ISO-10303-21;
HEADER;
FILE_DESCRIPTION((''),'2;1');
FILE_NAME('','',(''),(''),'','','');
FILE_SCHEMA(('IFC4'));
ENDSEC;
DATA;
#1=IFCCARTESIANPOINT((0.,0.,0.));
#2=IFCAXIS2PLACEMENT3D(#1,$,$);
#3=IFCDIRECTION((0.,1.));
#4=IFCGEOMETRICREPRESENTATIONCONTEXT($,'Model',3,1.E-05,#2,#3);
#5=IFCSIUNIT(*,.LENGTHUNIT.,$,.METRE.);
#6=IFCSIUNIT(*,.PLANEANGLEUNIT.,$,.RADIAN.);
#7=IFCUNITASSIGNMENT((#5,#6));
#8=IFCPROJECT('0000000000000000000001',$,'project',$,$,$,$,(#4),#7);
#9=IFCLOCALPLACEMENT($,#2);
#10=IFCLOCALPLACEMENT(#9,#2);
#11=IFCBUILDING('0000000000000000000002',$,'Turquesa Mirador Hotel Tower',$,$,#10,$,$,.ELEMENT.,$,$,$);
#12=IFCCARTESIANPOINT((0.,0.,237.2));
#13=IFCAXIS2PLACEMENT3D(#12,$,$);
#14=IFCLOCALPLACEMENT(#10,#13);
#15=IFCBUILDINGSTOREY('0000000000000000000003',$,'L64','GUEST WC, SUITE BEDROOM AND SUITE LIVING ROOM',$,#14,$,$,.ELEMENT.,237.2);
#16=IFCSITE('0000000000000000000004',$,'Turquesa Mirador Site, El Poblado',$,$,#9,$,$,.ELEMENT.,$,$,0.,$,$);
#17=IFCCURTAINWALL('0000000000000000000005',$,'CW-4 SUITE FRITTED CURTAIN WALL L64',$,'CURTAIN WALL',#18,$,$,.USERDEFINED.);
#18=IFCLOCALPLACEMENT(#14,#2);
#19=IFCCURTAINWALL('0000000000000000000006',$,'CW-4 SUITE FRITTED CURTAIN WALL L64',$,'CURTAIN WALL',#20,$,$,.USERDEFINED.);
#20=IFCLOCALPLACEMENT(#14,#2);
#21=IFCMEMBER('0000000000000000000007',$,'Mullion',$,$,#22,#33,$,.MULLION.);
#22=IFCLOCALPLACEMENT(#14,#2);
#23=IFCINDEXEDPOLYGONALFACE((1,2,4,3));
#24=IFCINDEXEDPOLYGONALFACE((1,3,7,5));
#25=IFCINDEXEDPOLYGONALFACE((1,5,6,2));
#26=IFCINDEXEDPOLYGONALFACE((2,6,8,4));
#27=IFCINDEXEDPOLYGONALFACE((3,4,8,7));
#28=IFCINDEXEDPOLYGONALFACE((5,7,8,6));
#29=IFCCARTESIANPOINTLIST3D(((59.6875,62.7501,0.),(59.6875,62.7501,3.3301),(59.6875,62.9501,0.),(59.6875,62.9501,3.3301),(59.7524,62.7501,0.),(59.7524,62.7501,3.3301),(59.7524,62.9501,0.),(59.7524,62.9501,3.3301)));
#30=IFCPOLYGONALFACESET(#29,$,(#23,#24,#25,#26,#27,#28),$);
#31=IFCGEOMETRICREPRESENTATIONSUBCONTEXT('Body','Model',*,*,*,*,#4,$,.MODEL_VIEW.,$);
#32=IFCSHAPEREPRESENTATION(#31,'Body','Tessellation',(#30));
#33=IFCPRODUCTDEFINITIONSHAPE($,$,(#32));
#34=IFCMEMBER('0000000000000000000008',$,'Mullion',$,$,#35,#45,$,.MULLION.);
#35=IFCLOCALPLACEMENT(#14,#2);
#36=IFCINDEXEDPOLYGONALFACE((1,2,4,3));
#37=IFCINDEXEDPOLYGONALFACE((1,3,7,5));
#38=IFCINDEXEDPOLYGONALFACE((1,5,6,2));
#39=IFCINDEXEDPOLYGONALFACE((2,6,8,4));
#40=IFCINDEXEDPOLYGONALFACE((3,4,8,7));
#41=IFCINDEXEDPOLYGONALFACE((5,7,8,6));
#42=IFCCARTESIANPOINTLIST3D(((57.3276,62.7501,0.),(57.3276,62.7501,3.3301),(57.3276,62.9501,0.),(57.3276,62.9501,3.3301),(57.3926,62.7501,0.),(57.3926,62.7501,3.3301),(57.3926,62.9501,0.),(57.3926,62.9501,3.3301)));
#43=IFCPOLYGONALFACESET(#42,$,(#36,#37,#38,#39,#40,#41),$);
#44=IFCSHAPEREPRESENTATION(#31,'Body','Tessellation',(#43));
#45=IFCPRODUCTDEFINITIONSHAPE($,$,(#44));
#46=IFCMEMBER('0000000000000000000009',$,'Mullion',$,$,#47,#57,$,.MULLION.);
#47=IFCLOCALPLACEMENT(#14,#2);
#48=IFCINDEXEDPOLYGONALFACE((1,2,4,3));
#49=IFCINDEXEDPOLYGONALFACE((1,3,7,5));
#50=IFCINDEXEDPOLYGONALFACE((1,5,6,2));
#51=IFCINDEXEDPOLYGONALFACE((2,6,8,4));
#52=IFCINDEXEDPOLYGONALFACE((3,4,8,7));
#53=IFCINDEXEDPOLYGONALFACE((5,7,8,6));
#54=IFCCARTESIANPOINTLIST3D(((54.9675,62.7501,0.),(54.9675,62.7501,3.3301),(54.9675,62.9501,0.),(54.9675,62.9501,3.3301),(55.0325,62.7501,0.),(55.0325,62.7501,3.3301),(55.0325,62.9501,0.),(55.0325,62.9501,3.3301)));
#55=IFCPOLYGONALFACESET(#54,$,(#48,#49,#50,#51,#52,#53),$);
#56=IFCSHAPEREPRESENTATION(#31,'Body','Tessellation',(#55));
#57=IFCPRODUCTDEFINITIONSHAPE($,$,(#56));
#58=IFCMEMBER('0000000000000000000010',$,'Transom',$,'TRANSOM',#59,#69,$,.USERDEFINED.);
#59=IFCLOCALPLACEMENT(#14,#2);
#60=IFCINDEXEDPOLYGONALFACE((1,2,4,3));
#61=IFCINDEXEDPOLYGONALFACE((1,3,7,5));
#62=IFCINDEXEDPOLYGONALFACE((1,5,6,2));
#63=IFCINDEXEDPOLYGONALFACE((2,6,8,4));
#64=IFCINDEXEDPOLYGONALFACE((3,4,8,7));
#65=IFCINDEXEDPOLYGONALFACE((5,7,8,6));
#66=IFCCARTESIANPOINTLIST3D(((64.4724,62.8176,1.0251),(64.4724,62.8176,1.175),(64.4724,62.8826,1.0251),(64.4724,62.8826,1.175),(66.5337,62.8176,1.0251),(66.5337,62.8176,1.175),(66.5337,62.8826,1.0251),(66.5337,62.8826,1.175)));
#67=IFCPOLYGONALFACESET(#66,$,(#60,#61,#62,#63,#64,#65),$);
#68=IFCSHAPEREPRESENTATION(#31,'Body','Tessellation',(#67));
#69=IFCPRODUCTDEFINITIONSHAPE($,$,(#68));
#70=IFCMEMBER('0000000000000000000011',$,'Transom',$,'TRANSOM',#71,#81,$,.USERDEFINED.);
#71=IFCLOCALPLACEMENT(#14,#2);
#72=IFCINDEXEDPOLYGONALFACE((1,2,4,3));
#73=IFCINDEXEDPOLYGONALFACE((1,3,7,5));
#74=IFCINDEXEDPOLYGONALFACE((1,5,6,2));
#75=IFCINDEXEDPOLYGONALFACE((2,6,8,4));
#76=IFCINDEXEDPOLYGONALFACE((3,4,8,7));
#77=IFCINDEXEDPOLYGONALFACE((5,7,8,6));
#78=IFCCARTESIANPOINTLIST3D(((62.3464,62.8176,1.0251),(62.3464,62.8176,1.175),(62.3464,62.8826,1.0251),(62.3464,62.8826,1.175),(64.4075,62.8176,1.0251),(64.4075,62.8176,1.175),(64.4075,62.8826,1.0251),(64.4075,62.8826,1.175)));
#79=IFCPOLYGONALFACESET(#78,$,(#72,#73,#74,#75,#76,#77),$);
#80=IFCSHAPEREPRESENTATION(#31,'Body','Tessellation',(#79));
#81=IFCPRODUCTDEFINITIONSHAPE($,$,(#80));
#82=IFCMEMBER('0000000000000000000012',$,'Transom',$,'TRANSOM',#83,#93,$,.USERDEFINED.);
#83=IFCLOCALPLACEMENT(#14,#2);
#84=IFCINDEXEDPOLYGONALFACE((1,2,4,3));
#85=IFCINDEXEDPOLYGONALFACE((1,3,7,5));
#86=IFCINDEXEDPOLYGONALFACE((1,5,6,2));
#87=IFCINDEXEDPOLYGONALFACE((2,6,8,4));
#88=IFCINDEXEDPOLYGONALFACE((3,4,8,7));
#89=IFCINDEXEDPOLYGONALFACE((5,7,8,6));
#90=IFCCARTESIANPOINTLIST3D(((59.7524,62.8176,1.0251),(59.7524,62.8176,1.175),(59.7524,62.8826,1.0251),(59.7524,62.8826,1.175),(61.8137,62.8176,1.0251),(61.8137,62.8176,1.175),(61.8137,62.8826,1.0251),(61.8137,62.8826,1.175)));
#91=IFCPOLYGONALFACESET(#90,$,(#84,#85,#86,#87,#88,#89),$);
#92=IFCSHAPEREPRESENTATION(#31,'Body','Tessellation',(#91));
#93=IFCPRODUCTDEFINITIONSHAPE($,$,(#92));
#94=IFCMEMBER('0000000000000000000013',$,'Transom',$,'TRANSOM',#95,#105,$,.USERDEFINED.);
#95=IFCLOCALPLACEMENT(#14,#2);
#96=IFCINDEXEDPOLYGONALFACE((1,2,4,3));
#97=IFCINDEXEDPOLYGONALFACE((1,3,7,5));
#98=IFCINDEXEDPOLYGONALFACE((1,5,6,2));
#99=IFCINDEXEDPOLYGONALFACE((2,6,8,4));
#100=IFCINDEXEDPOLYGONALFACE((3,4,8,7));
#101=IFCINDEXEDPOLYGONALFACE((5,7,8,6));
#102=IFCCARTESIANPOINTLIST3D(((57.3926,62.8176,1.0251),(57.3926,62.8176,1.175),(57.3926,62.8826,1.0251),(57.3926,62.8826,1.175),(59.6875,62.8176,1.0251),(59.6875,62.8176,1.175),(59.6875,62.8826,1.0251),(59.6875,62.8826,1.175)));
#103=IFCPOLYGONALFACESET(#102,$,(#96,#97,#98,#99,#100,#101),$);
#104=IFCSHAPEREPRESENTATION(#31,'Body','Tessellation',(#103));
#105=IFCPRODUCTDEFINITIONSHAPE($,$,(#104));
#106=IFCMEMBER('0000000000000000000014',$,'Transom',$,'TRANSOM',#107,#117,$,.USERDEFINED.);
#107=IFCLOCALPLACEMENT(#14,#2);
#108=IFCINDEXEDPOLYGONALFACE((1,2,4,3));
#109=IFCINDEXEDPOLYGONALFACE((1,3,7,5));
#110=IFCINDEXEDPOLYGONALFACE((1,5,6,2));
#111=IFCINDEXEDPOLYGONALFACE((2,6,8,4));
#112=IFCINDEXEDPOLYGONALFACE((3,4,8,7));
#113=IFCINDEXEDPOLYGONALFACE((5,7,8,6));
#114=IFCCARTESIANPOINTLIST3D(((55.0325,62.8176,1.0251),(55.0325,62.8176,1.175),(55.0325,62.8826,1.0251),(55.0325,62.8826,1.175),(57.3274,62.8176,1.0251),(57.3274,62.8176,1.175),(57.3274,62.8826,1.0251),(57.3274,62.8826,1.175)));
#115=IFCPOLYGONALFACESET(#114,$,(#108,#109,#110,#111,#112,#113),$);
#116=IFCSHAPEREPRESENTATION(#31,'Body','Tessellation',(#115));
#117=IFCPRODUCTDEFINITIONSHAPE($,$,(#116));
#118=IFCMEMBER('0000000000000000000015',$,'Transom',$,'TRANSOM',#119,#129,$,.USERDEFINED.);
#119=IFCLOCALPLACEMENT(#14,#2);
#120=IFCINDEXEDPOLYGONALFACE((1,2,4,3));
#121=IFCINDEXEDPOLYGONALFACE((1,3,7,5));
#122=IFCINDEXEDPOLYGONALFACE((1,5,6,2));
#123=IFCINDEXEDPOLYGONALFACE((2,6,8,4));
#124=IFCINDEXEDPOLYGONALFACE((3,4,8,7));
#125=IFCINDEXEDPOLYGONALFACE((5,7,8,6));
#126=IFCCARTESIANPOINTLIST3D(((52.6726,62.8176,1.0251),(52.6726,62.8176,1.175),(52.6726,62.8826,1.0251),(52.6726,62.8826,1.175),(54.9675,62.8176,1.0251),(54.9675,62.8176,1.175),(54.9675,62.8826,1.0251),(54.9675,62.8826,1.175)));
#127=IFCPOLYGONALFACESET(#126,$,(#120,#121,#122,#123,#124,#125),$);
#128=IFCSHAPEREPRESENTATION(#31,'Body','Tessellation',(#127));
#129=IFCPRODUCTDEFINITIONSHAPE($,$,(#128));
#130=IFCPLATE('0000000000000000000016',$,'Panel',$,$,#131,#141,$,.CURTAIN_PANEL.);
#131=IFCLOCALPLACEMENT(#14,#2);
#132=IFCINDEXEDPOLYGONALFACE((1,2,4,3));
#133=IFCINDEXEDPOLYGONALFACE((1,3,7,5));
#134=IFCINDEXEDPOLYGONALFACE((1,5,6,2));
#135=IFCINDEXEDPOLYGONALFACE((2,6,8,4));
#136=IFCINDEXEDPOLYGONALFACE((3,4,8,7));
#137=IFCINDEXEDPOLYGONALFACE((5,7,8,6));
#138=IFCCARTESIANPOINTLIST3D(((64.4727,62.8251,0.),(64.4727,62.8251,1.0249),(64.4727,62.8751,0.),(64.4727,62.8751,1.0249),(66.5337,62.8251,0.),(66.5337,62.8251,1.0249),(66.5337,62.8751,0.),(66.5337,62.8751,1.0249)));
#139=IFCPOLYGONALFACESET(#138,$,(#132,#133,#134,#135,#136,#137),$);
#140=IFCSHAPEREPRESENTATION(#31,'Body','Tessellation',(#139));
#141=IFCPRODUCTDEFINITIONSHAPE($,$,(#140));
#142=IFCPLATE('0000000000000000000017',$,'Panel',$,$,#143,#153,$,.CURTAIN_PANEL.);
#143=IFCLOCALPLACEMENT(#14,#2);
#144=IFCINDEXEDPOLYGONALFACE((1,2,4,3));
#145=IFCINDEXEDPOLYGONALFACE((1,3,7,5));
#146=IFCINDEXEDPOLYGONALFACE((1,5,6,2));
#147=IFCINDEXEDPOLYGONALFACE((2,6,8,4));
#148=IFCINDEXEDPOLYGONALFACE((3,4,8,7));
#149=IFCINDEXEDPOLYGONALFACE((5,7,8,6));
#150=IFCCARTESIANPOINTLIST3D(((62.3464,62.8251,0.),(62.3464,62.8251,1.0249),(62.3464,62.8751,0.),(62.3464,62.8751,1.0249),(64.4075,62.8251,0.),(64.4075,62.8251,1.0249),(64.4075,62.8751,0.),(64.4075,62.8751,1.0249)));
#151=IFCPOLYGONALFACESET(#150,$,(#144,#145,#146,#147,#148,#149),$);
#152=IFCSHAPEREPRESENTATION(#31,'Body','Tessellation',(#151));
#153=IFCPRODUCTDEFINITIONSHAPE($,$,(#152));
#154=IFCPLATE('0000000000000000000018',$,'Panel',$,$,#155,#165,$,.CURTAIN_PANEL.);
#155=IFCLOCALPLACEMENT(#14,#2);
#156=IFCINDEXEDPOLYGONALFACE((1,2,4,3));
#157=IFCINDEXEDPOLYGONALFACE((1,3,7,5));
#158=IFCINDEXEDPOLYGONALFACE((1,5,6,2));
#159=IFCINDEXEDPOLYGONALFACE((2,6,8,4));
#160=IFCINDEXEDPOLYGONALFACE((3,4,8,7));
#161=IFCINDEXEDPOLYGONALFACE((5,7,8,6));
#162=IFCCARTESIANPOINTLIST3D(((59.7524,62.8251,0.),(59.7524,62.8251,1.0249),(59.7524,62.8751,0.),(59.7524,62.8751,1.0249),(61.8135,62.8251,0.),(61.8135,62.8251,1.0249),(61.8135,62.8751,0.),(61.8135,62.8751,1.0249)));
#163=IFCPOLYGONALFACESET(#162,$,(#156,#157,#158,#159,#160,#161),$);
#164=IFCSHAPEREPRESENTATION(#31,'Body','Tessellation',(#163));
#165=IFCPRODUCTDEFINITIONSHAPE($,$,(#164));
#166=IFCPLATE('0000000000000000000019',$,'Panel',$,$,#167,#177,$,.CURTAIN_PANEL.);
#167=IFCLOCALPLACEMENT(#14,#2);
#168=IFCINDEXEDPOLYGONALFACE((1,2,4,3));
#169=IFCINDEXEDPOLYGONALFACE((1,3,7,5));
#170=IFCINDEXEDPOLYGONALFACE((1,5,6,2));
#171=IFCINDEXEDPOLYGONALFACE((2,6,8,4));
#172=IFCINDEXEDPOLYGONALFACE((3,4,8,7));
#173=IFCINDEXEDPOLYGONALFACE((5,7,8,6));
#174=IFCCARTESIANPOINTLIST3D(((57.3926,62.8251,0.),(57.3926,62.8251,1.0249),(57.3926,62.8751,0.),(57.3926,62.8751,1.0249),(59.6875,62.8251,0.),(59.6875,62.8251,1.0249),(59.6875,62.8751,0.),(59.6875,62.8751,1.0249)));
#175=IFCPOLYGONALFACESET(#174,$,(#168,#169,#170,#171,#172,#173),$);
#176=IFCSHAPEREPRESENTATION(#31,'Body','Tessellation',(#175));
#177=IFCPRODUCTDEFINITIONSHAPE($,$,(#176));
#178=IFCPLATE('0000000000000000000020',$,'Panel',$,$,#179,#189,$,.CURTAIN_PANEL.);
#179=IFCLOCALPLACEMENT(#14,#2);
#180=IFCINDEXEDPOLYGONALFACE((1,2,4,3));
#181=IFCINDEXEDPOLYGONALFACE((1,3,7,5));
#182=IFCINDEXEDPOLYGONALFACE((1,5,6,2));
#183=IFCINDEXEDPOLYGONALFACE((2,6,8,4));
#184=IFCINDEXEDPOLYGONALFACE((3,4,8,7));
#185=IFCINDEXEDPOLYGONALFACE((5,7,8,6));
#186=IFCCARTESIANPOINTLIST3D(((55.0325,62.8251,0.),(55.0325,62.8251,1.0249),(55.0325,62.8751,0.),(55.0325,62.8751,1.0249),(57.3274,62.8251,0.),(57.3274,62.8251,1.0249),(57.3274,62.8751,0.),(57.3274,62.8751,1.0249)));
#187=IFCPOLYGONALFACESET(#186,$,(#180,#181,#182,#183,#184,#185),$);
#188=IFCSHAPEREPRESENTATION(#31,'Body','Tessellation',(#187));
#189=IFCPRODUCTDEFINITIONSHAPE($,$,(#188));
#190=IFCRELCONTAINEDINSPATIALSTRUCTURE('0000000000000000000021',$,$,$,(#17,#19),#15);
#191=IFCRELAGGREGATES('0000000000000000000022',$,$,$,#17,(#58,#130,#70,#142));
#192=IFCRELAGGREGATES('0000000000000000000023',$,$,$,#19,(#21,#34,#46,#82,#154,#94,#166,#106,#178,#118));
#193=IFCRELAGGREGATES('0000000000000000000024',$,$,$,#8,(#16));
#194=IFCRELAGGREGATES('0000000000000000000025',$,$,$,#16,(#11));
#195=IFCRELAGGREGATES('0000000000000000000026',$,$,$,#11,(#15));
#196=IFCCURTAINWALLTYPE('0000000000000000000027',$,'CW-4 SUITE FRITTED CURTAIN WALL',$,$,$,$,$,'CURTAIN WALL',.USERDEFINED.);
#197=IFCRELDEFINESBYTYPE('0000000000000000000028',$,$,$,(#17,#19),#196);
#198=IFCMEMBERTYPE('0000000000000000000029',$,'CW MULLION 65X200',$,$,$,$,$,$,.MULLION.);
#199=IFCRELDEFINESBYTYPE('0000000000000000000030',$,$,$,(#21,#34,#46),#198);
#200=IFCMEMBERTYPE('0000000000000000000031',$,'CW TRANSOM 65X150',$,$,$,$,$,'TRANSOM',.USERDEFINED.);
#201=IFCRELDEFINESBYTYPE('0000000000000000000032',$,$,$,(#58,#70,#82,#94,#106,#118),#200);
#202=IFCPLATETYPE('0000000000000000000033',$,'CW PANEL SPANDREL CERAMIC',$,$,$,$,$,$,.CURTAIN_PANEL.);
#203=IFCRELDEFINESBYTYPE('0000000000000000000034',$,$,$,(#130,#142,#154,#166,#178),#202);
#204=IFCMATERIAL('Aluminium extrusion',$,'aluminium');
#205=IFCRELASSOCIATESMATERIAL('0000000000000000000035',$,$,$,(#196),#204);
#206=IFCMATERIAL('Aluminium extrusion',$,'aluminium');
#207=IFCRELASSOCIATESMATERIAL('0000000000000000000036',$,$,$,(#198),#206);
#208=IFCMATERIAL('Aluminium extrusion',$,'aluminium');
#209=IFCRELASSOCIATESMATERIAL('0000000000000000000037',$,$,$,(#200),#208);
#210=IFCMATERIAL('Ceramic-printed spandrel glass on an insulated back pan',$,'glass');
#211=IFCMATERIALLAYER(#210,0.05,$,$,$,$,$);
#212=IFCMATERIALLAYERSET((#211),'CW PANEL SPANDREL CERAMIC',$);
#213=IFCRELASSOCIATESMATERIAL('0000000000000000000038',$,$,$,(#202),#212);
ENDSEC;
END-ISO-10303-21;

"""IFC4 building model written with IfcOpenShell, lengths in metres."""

from ifc_helpers import new_model, si_unit, direction, frame, origin, origin_2d, place, context, subcontext, project, spatial, rectangle, extrude, material, layer, layer_set, material_profile, profile_set, type_object, element, aggregate, save


model = new_model("IFC4")

# Units and contexts
model_context = context("Model", 3, precision=1e-05, world=origin(), true_north=direction((0.0, 1.0)))
body_context = subcontext(model_context, "Body", "Model", "MODEL_VIEW")
ifc_project = project(units=[si_unit("LENGTHUNIT", "METRE"), si_unit("PLANEANGLEUNIT", "RADIAN")], contexts=[model_context])

# Site, building, storey
site_placement = place(None, origin())
site = spatial("IfcSite", under=ifc_project, at=site_placement, Name="Turquesa Mirador Site, El Poblado", CompositionType="ELEMENT", RefElevation=0.0)
building_placement = place(site_placement, origin())
building = spatial("IfcBuilding", under=site, at=building_placement, Name="Turquesa Mirador Hotel Tower", CompositionType="ELEMENT")
storey_placement = place(building_placement, frame((0.0, 0.0, 237.2)))
storey = spatial("IfcBuildingStorey", under=building, at=storey_placement, Name="L64", Description="GUEST WC, SUITE BEDROOM AND SUITE LIVING ROOM", CompositionType="ELEMENT", Elevation=237.2)

# Curtain walls, members
ifc_material_1 = material(Name="Aluminium extrusion", Category="aluminium")
curtain_wall_type = type_object("IfcCurtainWallType", Name="CW-4 SUITE FRITTED CURTAIN WALL", ElementType="CURTAIN WALL", PredefinedType="USERDEFINED", material=ifc_material_1)
curtain_wall_1_placement = place(storey_placement, origin())
curtain_wall_1 = element("IfcCurtainWall", 1, at=curtain_wall_1_placement, inside=storey, type_object=curtain_wall_type, Name="CW-4 SUITE FRITTED CURTAIN WALL L64", ObjectType="CURTAIN WALL", PredefinedType="USERDEFINED")
ifc_material_2 = material(Name="Aluminium extrusion", Category="aluminium")
ifc_material_profile_1 = material_profile(ifc_material_2, rectangle(XDim=0.0649, YDim=0.2, at=origin_2d()), Name="MULLION 65X200")
ifc_profile_set_1 = profile_set([ifc_material_profile_1], Name="Aluminium extrusion")
member_type_1 = type_object("IfcMemberType", Name="CW MULLION 65X200", PredefinedType="MULLION", material=ifc_profile_set_1)
curtain_wall_2_placement = place(storey_placement, origin())
curtain_wall_2 = element("IfcCurtainWall", 2, at=curtain_wall_2_placement, inside=storey, type_object=curtain_wall_type, Name="CW-4 SUITE FRITTED CURTAIN WALL L64", ObjectType="CURTAIN WALL", PredefinedType="USERDEFINED")
member_1_placement = place(storey_placement, frame((59.72, 62.8501, 0.0), z_axis=(0.0, 0.0, 1.0), x_axis=(-1.0, 0.0, 0.0)))
member_1 = element("IfcMember", 3, at=member_1_placement, type_object=member_type_1, Name="Mullion", PredefinedType="MULLION", context=body_context, shape_type="SweptSolid", body=[
    extrude(rectangle(XDim=0.0649, YDim=0.2, at=origin_2d()), origin(), (0.0, 0.0, 1.0), 3.3301),
])
member_2_placement = place(storey_placement, frame((57.3601, 62.8501, 0.0), z_axis=(0.0, 0.0, 1.0), x_axis=(-1.0, 0.0, 0.0)))
member_2 = element("IfcMember", 4, at=member_2_placement, type_object=member_type_1, Name="Mullion", PredefinedType="MULLION", context=body_context, shape_type="SweptSolid", body=[
    extrude(rectangle(XDim=0.0649, YDim=0.2, at=origin_2d()), origin(), (0.0, 0.0, 1.0), 3.3301),
])
member_3_placement = place(storey_placement, frame((55.0, 62.8501, 0.0), z_axis=(0.0, 0.0, 1.0), x_axis=(-1.0, 0.0, 0.0)))
member_3 = element("IfcMember", 5, at=member_3_placement, type_object=member_type_1, Name="Mullion", PredefinedType="MULLION", context=body_context, shape_type="SweptSolid", body=[
    extrude(rectangle(XDim=0.0649, YDim=0.2, at=origin_2d()), origin(), (0.0, 0.0, 1.0), 3.3301),
])

# Members
ifc_material_3 = material(Name="Aluminium extrusion", Category="aluminium")
ifc_material_profile_2 = material_profile(ifc_material_3, rectangle(XDim=0.0649, YDim=0.1499, at=origin_2d()), Name="TRANSOM 65X150")
ifc_profile_set_2 = profile_set([ifc_material_profile_2], Name="Aluminium extrusion")
member_type_2 = type_object("IfcMemberType", Name="CW TRANSOM 65X150", ElementType="TRANSOM", PredefinedType="USERDEFINED", material=ifc_profile_set_2)
member_4_placement = place(storey_placement, frame((66.5337, 62.8501, 1.1001), z_axis=(-1.0, 0.0, 0.0), x_axis=(0.0, -1.0, 0.0)))
member_4 = element("IfcMember", 6, at=member_4_placement, type_object=member_type_2, Name="Transom", ObjectType="TRANSOM", PredefinedType="USERDEFINED", context=body_context, shape_type="SweptSolid", body=[
    extrude(rectangle(XDim=0.0649, YDim=0.1499, at=origin_2d()), origin(), (0.0, 0.0, 1.0), 2.0613),
])
member_5_placement = place(storey_placement, frame((64.4075, 62.8501, 1.1001), z_axis=(-1.0, 0.0, 0.0), x_axis=(0.0, -1.0, 0.0)))
member_5 = element("IfcMember", 7, at=member_5_placement, type_object=member_type_2, Name="Transom", ObjectType="TRANSOM", PredefinedType="USERDEFINED", context=body_context, shape_type="SweptSolid", body=[
    extrude(rectangle(XDim=0.0649, YDim=0.1499, at=origin_2d()), origin(), (0.0, 0.0, 1.0), 2.061),
])
member_6_placement = place(storey_placement, frame((61.8137, 62.8501, 1.1001), z_axis=(-1.0, 0.0, 0.0), x_axis=(0.0, -1.0, 0.0)))
member_6 = element("IfcMember", 8, at=member_6_placement, type_object=member_type_2, Name="Transom", ObjectType="TRANSOM", PredefinedType="USERDEFINED", context=body_context, shape_type="SweptSolid", body=[
    extrude(rectangle(XDim=0.0649, YDim=0.1499, at=origin_2d()), origin(), (0.0, 0.0, 1.0), 2.0613),
])
member_7_placement = place(storey_placement, frame((59.6875, 62.8501, 1.1001), z_axis=(-1.0, 0.0, 0.0), x_axis=(0.0, -1.0, 0.0)))
member_7 = element("IfcMember", 9, at=member_7_placement, type_object=member_type_2, Name="Transom", ObjectType="TRANSOM", PredefinedType="USERDEFINED", context=body_context, shape_type="SweptSolid", body=[
    extrude(rectangle(XDim=0.0649, YDim=0.1499, at=origin_2d()), origin(), (0.0, 0.0, 1.0), 2.2949),
])
member_8_placement = place(storey_placement, frame((57.3274, 62.8501, 1.1001), z_axis=(-1.0, 0.0, 0.0), x_axis=(0.0, -1.0, 0.0)))
member_8 = element("IfcMember", 10, at=member_8_placement, type_object=member_type_2, Name="Transom", ObjectType="TRANSOM", PredefinedType="USERDEFINED", context=body_context, shape_type="SweptSolid", body=[
    extrude(rectangle(XDim=0.0649, YDim=0.1499, at=origin_2d()), origin(), (0.0, 0.0, 1.0), 2.2949),
])
member_9_placement = place(storey_placement, frame((54.9675, 62.8501, 1.1001), z_axis=(-1.0, 0.0, 0.0), x_axis=(0.0, -1.0, 0.0)))
member_9 = element("IfcMember", 11, at=member_9_placement, type_object=member_type_2, Name="Transom", ObjectType="TRANSOM", PredefinedType="USERDEFINED", context=body_context, shape_type="SweptSolid", body=[
    extrude(rectangle(XDim=0.0649, YDim=0.1499, at=origin_2d()), origin(), (0.0, 0.0, 1.0), 2.2949),
])

# Plates
ifc_material_4 = material(Name="Ceramic-printed spandrel glass on an insulated back pan", Category="glass")
ifc_layer_1 = layer(ifc_material_4, 0.05)
ifc_layer_set_1 = layer_set([ifc_layer_1], Name="CW PANEL SPANDREL CERAMIC")
plate_type_1 = type_object("IfcPlateType", Name="CW PANEL SPANDREL CERAMIC", PredefinedType="CURTAIN_PANEL", material=ifc_layer_set_1)
plate_1_placement = place(storey_placement, frame((65.5032, 62.8501, 0.0), z_axis=(0.0, 0.0, 1.0), x_axis=(-1.0, 0.0, 0.0)))
plate_1 = element("IfcPlate", 12, at=plate_1_placement, type_object=plate_type_1, Name="Panel", PredefinedType="CURTAIN_PANEL", context=body_context, shape_type="SweptSolid", body=[
    extrude(rectangle(XDim=2.061, YDim=0.05, at=origin_2d()), origin(), (0.0, 0.0, 1.0), 1.0249),
])
plate_2_placement = place(storey_placement, frame((63.377, 62.8501, 0.0), z_axis=(0.0, 0.0, 1.0), x_axis=(-1.0, 0.0, 0.0)))
plate_2 = element("IfcPlate", 13, at=plate_2_placement, type_object=plate_type_1, Name="Panel", PredefinedType="CURTAIN_PANEL", context=body_context, shape_type="SweptSolid", body=[
    extrude(rectangle(XDim=2.061, YDim=0.05, at=origin_2d()), origin(), (0.0, 0.0, 1.0), 1.0249),
])
plate_3_placement = place(storey_placement, frame((60.783, 62.8501, 0.0), z_axis=(0.0, 0.0, 1.0), x_axis=(-1.0, 0.0, 0.0)))
plate_3 = element("IfcPlate", 14, at=plate_3_placement, type_object=plate_type_1, Name="Panel", PredefinedType="CURTAIN_PANEL", context=body_context, shape_type="SweptSolid", body=[
    extrude(rectangle(XDim=2.061, YDim=0.05, at=origin_2d()), origin(), (0.0, 0.0, 1.0), 1.0249),
])
plate_4_placement = place(storey_placement, frame((58.54, 62.8501, 0.0), z_axis=(0.0, 0.0, 1.0), x_axis=(-1.0, 0.0, 0.0)))
plate_4 = element("IfcPlate", 15, at=plate_4_placement, type_object=plate_type_1, Name="Panel", PredefinedType="CURTAIN_PANEL", context=body_context, shape_type="SweptSolid", body=[
    extrude(rectangle(XDim=2.2949, YDim=0.05, at=origin_2d()), origin(), (0.0, 0.0, 1.0), 1.0249),
])
plate_5_placement = place(storey_placement, frame((56.1799, 62.8501, 0.0), z_axis=(0.0, 0.0, 1.0), x_axis=(-1.0, 0.0, 0.0)))
plate_5 = element("IfcPlate", 16, at=plate_5_placement, type_object=plate_type_1, Name="Panel", PredefinedType="CURTAIN_PANEL", context=body_context, shape_type="SweptSolid", body=[
    extrude(rectangle(XDim=2.2949, YDim=0.05, at=origin_2d()), origin(), (0.0, 0.0, 1.0), 1.0249),
])
aggregate(curtain_wall_1, [member_4, plate_1, member_5, plate_2])
aggregate(curtain_wall_2, [member_1, member_2, member_3, member_6, plate_3, member_7, plate_4, member_8, plate_5, member_9])

save(model, "model.ifc")
